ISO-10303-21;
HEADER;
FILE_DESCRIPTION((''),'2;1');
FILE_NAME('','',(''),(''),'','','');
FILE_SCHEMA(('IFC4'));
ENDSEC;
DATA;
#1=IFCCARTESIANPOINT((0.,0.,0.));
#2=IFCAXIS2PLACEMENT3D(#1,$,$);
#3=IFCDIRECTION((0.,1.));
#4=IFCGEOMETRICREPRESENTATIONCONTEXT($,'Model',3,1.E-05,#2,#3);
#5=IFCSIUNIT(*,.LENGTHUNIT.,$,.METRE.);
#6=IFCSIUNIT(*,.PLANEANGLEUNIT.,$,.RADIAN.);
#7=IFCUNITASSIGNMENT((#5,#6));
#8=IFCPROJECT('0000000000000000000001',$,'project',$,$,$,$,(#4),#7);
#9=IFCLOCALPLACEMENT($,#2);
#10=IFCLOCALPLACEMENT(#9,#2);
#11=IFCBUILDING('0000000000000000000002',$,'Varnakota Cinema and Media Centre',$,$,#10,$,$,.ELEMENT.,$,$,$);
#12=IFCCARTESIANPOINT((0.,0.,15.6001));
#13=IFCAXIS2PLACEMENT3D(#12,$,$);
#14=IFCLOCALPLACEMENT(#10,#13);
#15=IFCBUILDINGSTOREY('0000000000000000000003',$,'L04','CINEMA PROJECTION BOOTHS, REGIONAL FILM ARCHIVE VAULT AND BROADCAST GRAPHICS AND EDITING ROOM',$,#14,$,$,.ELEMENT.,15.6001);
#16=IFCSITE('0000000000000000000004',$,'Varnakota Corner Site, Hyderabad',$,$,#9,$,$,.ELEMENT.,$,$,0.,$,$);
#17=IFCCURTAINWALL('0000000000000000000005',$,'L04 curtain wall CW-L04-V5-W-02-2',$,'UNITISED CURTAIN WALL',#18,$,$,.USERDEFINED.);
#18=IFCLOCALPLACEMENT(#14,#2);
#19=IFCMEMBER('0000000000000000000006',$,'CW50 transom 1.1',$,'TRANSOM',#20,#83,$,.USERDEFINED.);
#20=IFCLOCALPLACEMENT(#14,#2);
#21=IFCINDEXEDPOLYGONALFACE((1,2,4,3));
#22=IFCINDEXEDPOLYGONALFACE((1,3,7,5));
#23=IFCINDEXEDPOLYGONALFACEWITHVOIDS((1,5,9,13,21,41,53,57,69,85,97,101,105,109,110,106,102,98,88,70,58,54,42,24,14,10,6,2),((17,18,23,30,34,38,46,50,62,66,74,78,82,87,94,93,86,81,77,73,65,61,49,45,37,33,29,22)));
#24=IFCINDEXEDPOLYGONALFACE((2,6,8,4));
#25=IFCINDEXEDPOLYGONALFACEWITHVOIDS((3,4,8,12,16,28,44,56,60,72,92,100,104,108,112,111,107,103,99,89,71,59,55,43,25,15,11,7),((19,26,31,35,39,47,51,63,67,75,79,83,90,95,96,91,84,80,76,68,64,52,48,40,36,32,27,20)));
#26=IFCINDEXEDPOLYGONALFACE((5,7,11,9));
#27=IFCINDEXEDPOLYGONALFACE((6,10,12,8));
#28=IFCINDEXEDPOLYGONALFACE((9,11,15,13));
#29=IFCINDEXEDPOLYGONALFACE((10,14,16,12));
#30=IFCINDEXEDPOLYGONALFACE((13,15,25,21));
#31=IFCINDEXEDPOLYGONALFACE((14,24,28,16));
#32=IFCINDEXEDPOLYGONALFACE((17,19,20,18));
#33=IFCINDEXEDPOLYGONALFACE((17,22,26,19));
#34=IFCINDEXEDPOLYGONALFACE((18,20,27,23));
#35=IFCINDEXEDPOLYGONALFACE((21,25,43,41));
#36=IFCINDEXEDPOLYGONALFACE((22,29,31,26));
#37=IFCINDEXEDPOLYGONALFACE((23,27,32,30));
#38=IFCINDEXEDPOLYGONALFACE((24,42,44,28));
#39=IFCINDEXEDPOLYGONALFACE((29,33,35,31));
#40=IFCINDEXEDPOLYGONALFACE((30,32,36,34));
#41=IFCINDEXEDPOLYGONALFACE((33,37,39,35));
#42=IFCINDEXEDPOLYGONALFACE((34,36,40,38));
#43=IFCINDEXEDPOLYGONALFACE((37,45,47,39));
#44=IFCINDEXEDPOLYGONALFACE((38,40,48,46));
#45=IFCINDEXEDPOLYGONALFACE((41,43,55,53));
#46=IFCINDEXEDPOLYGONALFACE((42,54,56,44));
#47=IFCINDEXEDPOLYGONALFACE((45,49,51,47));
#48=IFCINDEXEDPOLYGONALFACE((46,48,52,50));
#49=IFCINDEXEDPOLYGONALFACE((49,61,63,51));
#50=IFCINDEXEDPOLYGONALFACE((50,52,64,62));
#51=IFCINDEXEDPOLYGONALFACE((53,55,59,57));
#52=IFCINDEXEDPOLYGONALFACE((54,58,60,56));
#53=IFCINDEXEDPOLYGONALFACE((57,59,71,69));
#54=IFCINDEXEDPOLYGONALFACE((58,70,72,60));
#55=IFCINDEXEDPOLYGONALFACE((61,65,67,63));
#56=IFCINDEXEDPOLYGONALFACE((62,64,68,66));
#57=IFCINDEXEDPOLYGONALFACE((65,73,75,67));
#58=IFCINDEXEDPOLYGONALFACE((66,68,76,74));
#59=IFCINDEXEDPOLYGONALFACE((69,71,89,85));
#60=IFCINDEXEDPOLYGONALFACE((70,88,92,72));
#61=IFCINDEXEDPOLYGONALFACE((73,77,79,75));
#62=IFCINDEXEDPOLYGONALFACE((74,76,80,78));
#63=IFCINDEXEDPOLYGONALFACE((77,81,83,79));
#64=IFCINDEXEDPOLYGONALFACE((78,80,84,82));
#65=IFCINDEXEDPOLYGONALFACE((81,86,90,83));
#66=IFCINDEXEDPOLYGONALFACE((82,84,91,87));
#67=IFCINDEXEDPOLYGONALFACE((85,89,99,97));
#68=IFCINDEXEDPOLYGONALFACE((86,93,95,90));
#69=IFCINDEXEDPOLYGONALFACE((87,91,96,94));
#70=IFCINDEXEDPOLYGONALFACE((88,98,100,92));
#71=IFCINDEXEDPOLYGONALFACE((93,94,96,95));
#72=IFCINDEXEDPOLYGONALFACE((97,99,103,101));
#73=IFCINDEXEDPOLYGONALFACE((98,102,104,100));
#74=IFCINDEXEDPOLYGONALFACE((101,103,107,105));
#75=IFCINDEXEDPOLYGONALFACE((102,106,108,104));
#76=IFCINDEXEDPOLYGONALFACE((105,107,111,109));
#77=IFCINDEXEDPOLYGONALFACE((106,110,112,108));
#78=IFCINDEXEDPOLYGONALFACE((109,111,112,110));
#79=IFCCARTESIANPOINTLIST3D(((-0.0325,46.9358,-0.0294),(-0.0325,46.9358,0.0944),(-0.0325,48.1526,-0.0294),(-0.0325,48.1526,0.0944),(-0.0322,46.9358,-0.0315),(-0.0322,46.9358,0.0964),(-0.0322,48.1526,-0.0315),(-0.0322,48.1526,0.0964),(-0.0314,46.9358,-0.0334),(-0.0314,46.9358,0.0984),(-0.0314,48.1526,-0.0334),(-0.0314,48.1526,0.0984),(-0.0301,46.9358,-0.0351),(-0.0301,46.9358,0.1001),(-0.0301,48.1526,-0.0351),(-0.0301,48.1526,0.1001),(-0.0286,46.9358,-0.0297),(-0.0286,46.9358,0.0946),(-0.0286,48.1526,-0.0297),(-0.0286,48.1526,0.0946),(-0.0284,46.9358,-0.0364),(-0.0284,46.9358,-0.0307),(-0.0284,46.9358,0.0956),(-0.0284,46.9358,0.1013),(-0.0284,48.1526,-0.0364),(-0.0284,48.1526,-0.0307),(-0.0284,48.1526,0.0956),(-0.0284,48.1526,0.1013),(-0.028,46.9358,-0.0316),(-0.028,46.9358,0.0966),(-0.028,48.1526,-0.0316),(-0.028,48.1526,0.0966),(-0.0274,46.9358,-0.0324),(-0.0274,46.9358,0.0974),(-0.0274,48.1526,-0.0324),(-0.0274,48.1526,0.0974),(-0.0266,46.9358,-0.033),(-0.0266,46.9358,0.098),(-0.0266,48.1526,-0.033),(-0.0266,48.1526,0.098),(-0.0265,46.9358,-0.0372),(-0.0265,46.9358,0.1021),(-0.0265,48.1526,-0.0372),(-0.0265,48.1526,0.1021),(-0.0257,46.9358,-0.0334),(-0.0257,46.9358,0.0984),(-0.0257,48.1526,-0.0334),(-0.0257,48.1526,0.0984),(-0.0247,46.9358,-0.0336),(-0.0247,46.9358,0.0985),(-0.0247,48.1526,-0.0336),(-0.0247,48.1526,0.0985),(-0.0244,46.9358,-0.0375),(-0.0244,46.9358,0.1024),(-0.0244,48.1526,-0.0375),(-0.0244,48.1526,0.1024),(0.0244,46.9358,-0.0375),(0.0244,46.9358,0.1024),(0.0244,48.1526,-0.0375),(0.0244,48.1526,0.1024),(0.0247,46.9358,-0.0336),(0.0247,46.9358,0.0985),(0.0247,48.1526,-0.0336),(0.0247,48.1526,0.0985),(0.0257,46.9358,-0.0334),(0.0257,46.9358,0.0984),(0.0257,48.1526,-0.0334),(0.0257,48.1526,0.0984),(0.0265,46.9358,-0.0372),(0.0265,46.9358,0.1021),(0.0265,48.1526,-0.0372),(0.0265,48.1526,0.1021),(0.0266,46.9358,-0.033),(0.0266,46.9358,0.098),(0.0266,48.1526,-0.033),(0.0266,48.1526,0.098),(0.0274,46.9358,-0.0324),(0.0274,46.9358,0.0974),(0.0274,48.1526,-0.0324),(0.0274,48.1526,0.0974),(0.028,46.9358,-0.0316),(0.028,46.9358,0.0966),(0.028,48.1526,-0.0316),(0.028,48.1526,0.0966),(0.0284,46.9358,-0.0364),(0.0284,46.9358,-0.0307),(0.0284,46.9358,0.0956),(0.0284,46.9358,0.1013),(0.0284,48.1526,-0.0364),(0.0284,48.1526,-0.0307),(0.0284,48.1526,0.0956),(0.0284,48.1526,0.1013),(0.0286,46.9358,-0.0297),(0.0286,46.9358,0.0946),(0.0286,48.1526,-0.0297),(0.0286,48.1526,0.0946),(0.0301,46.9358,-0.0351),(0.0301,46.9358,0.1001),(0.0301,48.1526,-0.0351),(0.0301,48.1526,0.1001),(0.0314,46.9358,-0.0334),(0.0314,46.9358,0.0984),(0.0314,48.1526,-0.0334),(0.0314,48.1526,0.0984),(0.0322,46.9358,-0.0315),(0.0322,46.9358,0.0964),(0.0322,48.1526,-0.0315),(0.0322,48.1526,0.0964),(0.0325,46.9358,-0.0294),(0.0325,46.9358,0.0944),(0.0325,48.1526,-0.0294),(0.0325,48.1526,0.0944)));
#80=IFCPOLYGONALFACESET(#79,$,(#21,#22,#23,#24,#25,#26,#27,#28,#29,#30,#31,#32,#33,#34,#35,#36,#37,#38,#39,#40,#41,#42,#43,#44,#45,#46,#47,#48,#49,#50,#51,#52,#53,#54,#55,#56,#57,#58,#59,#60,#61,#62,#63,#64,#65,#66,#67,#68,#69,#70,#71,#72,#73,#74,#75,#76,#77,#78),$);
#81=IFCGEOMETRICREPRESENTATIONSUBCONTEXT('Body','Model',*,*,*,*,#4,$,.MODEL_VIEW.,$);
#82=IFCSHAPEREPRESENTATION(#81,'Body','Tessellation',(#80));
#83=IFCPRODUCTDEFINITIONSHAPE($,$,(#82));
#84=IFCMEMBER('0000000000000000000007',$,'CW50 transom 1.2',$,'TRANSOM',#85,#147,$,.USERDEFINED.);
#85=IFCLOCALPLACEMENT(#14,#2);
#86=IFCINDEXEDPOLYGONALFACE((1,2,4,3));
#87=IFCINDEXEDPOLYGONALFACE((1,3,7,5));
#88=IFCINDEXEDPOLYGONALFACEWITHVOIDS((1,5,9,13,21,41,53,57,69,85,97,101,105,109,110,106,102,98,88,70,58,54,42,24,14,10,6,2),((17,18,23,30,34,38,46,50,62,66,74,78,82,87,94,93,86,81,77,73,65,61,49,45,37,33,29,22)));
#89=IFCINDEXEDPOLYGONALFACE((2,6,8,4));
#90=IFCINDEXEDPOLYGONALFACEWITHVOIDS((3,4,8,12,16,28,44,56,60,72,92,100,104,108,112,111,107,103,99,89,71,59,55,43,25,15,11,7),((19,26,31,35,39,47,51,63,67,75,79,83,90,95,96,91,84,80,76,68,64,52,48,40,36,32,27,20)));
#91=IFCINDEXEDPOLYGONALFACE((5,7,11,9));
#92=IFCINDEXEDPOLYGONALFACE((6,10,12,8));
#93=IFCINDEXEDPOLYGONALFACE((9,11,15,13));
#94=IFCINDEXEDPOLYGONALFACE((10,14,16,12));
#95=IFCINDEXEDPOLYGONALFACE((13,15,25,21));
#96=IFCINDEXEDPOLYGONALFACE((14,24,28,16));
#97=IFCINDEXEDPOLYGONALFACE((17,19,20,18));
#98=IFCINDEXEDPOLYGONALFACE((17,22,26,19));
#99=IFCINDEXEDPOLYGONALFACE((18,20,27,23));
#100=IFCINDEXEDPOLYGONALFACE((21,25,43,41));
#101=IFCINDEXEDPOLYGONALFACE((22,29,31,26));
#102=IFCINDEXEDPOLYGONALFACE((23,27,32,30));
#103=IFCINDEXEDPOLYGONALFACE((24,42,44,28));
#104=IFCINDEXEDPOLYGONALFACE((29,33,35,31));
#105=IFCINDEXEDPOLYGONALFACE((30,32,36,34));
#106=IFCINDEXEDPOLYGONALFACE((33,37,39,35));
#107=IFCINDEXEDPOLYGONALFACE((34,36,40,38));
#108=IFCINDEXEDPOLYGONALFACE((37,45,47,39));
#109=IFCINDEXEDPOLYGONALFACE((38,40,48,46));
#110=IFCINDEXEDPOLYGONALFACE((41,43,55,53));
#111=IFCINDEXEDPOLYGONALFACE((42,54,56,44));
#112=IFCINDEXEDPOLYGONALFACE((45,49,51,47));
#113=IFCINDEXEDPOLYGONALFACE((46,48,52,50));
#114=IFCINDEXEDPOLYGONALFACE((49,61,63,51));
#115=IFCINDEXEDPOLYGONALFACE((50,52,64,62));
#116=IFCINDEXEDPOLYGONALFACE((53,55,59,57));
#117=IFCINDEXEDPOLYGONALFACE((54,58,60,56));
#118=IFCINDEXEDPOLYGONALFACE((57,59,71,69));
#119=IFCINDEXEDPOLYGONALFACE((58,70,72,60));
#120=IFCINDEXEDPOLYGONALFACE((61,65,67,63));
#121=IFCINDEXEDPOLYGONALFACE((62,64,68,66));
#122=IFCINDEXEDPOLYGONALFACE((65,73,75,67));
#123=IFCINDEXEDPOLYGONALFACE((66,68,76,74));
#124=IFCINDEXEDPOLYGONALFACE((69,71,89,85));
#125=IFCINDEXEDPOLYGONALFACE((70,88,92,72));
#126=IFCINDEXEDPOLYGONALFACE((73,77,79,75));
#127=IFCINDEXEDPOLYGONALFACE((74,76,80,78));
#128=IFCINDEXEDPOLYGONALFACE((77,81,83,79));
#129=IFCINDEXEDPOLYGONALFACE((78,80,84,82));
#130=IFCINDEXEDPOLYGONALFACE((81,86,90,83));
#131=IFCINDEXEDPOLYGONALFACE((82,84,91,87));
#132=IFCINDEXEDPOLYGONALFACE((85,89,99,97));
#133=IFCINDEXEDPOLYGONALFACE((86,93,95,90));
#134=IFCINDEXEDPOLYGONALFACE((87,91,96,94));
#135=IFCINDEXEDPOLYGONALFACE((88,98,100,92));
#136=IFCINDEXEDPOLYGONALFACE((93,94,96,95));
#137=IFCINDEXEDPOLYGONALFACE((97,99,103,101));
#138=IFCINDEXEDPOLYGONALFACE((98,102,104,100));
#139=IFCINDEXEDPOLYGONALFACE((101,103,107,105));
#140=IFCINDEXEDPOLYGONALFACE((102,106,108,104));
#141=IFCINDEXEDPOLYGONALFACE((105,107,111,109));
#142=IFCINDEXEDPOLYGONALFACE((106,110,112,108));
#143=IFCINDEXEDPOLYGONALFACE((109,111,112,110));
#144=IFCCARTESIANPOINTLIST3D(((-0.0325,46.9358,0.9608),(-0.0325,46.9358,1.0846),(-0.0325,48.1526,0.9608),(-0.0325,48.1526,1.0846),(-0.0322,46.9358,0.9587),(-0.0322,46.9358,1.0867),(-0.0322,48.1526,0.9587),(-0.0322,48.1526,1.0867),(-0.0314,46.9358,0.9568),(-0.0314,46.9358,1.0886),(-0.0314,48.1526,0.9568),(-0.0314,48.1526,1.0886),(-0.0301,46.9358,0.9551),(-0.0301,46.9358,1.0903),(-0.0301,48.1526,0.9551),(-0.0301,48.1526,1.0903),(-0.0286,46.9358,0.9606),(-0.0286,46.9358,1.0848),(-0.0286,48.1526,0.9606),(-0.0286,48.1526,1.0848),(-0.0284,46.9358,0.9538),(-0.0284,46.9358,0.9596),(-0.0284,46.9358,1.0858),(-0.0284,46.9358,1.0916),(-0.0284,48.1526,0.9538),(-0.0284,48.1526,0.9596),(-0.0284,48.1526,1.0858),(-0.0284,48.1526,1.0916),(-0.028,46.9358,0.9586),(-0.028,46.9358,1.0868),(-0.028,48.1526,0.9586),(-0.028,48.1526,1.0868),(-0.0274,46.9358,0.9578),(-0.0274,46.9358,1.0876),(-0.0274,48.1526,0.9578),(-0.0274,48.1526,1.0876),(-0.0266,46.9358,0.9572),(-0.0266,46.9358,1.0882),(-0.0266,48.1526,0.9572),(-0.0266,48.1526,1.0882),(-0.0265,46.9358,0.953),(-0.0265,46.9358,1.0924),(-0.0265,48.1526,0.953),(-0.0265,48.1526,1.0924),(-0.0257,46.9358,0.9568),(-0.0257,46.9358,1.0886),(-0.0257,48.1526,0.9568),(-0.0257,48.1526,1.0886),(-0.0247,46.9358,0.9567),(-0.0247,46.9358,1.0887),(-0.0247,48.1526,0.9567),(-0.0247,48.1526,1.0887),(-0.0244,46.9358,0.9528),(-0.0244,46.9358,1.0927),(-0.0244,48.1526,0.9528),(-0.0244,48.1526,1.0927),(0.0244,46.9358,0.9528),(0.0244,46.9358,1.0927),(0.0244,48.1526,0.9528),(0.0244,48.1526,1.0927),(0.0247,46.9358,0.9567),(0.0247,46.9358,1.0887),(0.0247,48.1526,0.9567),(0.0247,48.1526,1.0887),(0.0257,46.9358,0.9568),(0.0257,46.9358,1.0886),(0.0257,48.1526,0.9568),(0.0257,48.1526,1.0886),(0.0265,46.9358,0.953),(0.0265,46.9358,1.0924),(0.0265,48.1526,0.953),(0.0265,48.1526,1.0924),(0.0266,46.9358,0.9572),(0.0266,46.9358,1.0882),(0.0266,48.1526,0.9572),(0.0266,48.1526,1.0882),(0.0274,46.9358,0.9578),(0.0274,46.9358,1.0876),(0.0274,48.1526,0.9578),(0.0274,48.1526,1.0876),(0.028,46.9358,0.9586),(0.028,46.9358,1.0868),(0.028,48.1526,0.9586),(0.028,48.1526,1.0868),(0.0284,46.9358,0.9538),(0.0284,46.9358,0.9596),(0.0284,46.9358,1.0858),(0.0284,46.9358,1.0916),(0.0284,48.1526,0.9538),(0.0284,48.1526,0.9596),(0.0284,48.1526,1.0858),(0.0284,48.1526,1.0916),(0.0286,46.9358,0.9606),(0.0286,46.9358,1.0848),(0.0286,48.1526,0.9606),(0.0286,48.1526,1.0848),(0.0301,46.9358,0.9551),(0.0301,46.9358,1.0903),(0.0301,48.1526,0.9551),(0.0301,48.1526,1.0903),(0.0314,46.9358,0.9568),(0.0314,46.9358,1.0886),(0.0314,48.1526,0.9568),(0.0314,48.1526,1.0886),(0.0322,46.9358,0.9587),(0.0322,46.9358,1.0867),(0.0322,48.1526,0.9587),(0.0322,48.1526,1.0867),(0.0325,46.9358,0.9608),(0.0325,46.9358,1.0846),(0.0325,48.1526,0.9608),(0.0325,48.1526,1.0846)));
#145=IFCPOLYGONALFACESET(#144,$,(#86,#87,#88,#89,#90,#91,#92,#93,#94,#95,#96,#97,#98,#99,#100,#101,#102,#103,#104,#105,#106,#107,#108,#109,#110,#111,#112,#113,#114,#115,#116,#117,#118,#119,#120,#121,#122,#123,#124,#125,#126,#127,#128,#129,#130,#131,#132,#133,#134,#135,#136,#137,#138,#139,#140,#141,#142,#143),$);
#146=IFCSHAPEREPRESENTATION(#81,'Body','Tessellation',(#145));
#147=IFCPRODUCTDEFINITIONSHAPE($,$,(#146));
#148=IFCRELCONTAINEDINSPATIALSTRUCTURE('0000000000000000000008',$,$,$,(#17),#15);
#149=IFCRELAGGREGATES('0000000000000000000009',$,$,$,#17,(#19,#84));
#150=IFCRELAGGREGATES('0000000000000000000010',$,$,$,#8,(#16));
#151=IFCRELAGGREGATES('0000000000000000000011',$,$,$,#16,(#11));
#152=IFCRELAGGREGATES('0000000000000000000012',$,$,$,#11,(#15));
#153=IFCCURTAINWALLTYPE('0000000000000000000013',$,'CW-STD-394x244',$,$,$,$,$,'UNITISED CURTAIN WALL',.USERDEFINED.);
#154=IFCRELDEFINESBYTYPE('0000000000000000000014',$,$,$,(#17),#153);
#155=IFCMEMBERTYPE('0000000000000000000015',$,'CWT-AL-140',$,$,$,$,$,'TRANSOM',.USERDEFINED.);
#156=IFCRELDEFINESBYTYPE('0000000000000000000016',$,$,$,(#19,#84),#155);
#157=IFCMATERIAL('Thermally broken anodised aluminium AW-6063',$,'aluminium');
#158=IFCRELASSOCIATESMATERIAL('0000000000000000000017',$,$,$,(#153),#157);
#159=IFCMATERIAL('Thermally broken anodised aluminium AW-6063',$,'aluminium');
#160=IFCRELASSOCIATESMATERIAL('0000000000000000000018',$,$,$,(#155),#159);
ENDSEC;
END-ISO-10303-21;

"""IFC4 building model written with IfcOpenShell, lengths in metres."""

from ifc_helpers import new_model, si_unit, direction, frame, origin, origin_2d, place, context, subcontext, project, spatial, hollow_rectangle, extrude, material, material_profile, profile_set, type_object, element, aggregate, save


model = new_model("IFC4")

# Units and contexts
model_context = context("Model", 3, precision=1e-05, world=origin(), true_north=direction((0.0, 1.0)))
body_context = subcontext(model_context, "Body", "Model", "MODEL_VIEW")
ifc_project = project(units=[si_unit("LENGTHUNIT", "METRE"), si_unit("PLANEANGLEUNIT", "RADIAN")], contexts=[model_context])

# Site, building, storey
site_placement = place(None, origin())
site = spatial("IfcSite", under=ifc_project, at=site_placement, Name="Varnakota Corner Site, Hyderabad", CompositionType="ELEMENT", RefElevation=0.0)
building_placement = place(site_placement, origin())
building = spatial("IfcBuilding", under=site, at=building_placement, Name="Varnakota Cinema and Media Centre", CompositionType="ELEMENT")
storey_placement = place(building_placement, frame((0.0, 0.0, 15.6001)))
storey = spatial("IfcBuildingStorey", under=building, at=storey_placement, Name="L04", Description="CINEMA PROJECTION BOOTHS, REGIONAL FILM ARCHIVE VAULT AND BROADCAST GRAPHICS AND EDITING ROOM", CompositionType="ELEMENT", Elevation=15.6001)

# Curtain wall
ifc_material_1 = material(Name="Thermally broken anodised aluminium AW-6063", Category="aluminium")
curtain_wall_type = type_object("IfcCurtainWallType", Name="CW-STD-394x244", ElementType="UNITISED CURTAIN WALL", PredefinedType="USERDEFINED", material=ifc_material_1)
curtain_wall_1_placement = place(storey_placement, origin())
curtain_wall_1 = element("IfcCurtainWall", 1, at=curtain_wall_1_placement, inside=storey, type_object=curtain_wall_type, Name="L04 curtain wall CW-L04-V5-W-02-2", ObjectType="UNITISED CURTAIN WALL", PredefinedType="USERDEFINED")

# Members
ifc_material_2 = material(Name="Thermally broken anodised aluminium AW-6063", Category="aluminium")
ifc_material_profile_1 = material_profile(ifc_material_2, hollow_rectangle(XDim=0.0649, YDim=0.1399, WallThickness=0.0039, InnerFilletRadius=0.0039, OuterFilletRadius=0.0081, at=origin_2d()), Name="AL-TRANSOM 140x65x4")
ifc_profile_set_1 = profile_set([ifc_material_profile_1], Name="Thermally broken anodised aluminium AW-6063")
member_type_1 = type_object("IfcMemberType", Name="CWT-AL-140", ElementType="TRANSOM", PredefinedType="USERDEFINED", material=ifc_profile_set_1)
member_1_placement = place(storey_placement, frame((0.0, 48.1526, 0.0325), z_axis=(0.0, -1.0, 0.0), x_axis=(1.0, 0.0, 0.0)))
member_1 = element("IfcMember", 2, at=member_1_placement, type_object=member_type_1, Name="CW50 transom 1.1", ObjectType="TRANSOM", PredefinedType="USERDEFINED", context=body_context, shape_type="SweptSolid", body=[
    extrude(hollow_rectangle(XDim=0.0649, YDim=0.1399, WallThickness=0.0039, InnerFilletRadius=0.0039, OuterFilletRadius=0.0081, at=origin_2d()), origin(), (0.0, 0.0, 1.0), 1.2168),
])
member_2_placement = place(storey_placement, frame((0.0, 48.1526, 1.0227), z_axis=(0.0, -1.0, 0.0), x_axis=(1.0, 0.0, 0.0)))
member_2 = element("IfcMember", 3, at=member_2_placement, type_object=member_type_1, Name="CW50 transom 1.2", ObjectType="TRANSOM", PredefinedType="USERDEFINED", context=body_context, shape_type="SweptSolid", body=[
    extrude(hollow_rectangle(XDim=0.0649, YDim=0.1399, WallThickness=0.0039, InnerFilletRadius=0.0039, OuterFilletRadius=0.0081, at=origin_2d()), origin(), (0.0, 0.0, 1.0), 1.2168),
])

aggregate(curtain_wall_1, [member_1, member_2])

save(model, "model.ifc")
